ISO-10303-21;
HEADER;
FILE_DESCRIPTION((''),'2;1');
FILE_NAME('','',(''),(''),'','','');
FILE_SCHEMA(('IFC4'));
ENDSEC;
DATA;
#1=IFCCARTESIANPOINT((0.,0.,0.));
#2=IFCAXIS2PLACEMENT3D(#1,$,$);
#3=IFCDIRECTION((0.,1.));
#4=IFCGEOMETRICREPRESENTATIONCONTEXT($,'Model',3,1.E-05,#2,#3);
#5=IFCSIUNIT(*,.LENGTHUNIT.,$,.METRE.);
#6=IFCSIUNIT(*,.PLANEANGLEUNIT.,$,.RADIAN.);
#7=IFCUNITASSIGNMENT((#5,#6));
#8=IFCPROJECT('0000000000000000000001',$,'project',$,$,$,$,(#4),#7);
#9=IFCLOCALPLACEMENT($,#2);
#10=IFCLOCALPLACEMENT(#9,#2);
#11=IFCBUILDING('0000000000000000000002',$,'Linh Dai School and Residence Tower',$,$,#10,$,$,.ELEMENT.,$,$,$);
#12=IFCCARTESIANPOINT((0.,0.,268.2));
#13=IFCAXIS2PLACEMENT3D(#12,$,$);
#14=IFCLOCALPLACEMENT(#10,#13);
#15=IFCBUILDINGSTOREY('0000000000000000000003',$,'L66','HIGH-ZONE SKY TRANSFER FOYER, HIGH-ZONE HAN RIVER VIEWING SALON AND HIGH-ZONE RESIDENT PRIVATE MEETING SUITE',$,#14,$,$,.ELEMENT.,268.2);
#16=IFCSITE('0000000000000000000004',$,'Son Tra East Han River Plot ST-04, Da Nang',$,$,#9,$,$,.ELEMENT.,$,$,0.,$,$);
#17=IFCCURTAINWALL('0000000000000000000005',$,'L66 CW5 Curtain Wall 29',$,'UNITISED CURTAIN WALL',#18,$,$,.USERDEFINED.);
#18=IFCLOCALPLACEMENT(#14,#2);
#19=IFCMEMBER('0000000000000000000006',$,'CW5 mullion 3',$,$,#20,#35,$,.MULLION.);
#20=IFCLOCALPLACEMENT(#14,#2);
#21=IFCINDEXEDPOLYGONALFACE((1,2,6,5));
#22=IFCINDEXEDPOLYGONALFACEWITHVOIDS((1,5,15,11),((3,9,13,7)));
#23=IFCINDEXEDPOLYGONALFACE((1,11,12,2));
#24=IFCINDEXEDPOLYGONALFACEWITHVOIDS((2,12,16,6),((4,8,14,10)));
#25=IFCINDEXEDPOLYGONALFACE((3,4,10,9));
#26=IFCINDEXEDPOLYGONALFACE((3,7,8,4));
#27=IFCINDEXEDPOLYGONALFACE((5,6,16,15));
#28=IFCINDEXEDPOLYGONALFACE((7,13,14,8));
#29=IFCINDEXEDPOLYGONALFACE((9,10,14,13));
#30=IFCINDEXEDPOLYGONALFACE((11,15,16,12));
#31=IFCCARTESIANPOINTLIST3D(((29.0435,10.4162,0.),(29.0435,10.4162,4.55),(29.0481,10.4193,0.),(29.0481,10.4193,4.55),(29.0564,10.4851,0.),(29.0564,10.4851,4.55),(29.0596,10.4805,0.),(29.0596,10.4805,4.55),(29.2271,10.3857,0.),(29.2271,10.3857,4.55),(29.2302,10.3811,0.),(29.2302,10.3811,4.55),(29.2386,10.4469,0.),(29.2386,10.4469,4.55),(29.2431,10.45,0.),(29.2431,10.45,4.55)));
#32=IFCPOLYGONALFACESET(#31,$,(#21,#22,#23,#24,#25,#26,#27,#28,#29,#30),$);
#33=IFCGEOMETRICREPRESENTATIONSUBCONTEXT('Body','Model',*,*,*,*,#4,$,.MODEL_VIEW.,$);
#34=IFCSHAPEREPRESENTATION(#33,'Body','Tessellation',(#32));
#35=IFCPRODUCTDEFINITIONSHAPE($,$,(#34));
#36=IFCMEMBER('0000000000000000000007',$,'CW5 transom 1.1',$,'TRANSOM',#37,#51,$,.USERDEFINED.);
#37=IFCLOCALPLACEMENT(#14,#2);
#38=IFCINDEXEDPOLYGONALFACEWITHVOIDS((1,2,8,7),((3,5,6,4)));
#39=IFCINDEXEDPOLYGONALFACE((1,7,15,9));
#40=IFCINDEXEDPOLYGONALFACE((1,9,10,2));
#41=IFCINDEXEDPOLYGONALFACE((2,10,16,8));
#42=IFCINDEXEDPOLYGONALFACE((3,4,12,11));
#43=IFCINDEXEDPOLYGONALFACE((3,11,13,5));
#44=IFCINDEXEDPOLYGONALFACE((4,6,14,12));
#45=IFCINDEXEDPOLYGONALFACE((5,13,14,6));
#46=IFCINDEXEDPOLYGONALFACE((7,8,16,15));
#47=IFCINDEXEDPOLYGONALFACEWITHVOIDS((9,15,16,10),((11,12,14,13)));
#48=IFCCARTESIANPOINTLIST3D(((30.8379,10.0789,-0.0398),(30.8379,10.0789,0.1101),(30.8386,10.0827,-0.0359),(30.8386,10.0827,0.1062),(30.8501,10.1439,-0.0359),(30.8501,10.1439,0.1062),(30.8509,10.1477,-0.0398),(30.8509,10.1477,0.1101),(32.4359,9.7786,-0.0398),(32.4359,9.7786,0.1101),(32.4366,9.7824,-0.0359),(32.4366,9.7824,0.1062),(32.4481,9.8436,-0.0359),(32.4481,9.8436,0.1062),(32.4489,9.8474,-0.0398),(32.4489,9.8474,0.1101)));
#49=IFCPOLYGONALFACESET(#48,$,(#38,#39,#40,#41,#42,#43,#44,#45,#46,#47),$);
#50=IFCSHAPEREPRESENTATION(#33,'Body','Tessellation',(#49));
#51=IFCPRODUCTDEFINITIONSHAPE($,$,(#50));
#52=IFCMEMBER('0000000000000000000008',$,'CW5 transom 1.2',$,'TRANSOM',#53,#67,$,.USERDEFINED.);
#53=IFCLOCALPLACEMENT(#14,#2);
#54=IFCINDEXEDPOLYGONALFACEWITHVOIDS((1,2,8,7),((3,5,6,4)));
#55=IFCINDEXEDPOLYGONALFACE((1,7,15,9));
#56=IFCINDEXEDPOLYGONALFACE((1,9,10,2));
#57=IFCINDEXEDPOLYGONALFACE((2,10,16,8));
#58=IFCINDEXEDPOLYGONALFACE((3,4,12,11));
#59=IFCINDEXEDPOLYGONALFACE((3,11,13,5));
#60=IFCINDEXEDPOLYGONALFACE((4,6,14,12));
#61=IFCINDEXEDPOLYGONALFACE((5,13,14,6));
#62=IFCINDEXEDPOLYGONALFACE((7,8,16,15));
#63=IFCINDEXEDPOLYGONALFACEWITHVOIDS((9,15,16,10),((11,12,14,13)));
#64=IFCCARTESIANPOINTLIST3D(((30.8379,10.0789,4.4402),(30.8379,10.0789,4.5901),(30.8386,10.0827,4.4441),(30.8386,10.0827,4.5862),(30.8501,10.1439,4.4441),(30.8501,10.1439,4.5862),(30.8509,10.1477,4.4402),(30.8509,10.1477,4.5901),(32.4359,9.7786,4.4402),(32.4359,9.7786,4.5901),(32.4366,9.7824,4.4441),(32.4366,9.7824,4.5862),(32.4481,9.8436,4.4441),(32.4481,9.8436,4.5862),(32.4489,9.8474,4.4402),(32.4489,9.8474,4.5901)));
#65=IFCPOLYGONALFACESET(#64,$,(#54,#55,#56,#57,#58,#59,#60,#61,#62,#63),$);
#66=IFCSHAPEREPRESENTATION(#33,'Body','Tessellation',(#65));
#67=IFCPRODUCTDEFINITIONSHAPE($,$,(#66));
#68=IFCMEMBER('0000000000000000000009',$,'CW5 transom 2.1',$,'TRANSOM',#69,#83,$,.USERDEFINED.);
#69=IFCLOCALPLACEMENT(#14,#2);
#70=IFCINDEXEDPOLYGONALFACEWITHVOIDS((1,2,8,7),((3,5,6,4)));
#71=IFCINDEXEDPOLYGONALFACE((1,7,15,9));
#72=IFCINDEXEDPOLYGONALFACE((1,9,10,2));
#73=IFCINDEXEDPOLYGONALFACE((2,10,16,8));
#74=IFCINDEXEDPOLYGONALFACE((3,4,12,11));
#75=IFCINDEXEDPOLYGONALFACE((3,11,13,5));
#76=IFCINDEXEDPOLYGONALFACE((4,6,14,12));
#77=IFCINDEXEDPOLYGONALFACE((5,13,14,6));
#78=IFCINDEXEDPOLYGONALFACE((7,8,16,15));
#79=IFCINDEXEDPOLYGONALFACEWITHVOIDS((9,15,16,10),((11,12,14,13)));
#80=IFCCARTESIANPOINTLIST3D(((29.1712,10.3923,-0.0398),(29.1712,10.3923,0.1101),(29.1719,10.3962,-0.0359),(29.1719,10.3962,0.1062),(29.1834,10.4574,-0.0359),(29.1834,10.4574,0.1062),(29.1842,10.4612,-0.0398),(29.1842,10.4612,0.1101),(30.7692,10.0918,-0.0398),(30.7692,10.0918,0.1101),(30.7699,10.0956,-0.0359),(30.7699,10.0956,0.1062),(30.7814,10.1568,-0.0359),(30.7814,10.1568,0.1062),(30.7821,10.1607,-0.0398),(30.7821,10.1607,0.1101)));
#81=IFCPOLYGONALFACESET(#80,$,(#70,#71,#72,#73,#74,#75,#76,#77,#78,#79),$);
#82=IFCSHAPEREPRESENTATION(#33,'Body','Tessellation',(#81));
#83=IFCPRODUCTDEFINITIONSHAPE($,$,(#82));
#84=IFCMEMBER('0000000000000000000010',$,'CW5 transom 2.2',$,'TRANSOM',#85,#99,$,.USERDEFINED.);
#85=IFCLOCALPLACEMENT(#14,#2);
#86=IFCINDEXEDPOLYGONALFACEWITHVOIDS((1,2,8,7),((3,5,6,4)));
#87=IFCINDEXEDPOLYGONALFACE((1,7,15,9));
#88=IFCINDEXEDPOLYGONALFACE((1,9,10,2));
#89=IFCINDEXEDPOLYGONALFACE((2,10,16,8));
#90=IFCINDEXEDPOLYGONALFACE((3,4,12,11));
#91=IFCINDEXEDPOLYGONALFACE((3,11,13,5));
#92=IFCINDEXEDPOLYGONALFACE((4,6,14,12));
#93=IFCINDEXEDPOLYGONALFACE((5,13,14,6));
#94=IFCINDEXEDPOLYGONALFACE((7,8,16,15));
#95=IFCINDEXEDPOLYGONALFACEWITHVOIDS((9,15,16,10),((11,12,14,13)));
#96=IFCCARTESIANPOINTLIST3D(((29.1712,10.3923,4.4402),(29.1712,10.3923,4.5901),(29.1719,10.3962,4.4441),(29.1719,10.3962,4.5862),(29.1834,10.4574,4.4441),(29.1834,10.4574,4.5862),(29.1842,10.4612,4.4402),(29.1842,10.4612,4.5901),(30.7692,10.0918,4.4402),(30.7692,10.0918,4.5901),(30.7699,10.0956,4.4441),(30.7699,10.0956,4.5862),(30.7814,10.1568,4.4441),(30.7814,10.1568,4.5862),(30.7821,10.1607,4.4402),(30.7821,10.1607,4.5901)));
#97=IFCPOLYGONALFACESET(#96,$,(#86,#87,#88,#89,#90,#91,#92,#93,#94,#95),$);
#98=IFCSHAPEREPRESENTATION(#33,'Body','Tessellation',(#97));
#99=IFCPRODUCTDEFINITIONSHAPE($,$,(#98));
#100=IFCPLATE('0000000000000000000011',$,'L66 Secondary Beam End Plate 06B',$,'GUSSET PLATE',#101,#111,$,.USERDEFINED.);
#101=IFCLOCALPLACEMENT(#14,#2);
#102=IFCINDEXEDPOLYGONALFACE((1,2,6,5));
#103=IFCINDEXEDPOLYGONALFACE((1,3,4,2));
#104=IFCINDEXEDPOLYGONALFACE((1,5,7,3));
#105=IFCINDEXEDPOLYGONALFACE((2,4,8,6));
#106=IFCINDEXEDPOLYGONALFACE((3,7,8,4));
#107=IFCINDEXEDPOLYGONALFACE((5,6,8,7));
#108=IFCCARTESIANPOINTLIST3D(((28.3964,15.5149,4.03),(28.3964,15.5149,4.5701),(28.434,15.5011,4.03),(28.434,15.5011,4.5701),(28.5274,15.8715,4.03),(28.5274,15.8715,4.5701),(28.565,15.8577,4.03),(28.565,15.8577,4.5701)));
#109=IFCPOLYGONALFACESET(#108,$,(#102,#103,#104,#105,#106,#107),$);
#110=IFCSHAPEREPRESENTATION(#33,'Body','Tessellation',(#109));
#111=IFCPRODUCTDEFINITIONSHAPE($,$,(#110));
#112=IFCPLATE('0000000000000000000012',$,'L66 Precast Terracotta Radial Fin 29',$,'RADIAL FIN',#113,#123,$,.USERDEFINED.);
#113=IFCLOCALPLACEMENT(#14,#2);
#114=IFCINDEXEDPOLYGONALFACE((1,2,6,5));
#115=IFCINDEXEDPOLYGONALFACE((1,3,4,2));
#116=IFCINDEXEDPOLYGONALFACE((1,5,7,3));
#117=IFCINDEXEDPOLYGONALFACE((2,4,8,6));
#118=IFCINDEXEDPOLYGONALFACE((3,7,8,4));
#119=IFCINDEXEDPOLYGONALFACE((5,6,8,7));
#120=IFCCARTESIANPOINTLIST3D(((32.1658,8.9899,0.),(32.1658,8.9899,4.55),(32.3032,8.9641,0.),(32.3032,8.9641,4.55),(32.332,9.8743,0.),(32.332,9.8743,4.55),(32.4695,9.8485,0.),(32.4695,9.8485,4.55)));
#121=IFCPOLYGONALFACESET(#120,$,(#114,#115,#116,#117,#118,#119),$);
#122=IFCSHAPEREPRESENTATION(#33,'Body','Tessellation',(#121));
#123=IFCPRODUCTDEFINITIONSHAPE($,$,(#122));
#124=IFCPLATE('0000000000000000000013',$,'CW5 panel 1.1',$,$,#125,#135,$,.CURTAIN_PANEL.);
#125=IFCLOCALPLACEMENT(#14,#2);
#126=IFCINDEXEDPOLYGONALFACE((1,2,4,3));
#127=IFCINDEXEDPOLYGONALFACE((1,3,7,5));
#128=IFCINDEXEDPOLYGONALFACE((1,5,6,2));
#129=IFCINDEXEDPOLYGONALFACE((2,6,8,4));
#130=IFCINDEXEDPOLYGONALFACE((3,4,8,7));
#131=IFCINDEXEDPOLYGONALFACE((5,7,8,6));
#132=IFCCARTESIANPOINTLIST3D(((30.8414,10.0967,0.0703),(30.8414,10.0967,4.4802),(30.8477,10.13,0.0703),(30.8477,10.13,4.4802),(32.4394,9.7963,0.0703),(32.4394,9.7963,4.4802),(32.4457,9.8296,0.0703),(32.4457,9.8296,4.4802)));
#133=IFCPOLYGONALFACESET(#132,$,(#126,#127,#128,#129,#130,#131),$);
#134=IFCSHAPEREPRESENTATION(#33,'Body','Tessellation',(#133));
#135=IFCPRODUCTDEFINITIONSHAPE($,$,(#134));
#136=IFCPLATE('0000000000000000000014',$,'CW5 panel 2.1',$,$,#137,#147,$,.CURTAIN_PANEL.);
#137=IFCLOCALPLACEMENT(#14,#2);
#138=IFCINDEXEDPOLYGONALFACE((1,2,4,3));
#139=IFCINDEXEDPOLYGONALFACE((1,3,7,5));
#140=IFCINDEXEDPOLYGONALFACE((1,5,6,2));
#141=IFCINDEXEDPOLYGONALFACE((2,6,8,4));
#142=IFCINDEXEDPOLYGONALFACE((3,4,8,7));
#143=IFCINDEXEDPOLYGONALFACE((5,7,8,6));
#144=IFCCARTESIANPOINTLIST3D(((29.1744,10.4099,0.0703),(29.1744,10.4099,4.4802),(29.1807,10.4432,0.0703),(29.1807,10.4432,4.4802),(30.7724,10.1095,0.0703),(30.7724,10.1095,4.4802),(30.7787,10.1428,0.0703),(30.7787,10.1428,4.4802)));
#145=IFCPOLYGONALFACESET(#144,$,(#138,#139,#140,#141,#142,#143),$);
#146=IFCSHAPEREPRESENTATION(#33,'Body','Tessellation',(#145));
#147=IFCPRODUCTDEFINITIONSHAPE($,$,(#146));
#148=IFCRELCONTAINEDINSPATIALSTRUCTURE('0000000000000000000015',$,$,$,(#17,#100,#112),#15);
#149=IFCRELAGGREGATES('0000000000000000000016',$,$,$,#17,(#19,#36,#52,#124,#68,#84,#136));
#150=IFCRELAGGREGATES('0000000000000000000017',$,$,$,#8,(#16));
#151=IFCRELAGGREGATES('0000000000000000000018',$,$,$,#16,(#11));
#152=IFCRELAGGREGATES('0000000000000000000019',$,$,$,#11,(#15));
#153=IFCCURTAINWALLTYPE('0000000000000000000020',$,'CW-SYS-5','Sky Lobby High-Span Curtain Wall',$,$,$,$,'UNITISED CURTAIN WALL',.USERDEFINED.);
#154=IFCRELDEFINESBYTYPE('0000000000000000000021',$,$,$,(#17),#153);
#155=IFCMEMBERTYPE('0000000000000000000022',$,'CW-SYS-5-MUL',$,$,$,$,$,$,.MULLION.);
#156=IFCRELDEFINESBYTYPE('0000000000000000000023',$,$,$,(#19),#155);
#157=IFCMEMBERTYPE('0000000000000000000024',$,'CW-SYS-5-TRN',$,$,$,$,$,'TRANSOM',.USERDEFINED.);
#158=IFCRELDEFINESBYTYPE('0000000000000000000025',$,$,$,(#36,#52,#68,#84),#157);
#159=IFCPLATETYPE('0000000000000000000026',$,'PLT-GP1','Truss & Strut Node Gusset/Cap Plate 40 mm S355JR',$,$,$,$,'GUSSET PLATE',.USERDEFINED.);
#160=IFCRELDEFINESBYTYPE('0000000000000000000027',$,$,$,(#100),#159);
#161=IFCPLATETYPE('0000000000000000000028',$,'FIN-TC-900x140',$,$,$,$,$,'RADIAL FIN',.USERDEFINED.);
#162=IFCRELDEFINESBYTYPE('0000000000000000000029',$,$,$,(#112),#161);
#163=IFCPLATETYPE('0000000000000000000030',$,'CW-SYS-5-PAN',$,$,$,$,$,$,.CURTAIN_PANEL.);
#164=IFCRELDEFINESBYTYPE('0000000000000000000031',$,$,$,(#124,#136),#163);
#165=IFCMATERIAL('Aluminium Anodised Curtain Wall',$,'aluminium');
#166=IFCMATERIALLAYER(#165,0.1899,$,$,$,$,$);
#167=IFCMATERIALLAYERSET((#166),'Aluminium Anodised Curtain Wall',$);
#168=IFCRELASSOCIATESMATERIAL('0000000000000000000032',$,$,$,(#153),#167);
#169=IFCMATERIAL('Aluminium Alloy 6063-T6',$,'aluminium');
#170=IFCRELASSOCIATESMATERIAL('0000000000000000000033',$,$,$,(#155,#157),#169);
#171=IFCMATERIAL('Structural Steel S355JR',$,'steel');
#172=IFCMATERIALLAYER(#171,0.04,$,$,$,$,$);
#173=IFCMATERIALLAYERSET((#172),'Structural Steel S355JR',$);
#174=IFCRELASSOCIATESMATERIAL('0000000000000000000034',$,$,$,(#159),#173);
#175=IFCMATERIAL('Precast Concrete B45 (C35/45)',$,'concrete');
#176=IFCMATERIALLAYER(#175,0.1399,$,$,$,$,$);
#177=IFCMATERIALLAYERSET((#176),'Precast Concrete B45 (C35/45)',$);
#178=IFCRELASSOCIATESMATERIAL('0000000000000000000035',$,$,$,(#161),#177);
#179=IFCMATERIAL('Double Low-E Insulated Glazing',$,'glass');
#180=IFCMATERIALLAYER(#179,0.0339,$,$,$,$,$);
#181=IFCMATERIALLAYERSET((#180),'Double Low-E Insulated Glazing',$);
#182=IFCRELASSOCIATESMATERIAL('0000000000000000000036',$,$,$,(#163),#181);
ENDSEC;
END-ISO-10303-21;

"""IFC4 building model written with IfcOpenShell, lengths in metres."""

from ifc_helpers import new_model, si_unit, direction, frame, origin, origin_2d, place, context, subcontext, project, spatial, rectangle, hollow_rectangle, extrude, source, transform, mapped, material, layer, layer_set, material_profile, profile_set, type_object, element, aggregate, save


model = new_model("IFC4")

# Units and contexts
model_context = context("Model", 3, precision=1e-05, world=origin(), true_north=direction((0.0, 1.0)))
body_context = subcontext(model_context, "Body", "Model", "MODEL_VIEW")
ifc_project = project(units=[si_unit("LENGTHUNIT", "METRE"), si_unit("PLANEANGLEUNIT", "RADIAN")], contexts=[model_context])

# Site, building, storey
site_placement = place(None, origin())
site = spatial("IfcSite", under=ifc_project, at=site_placement, Name="Son Tra East Han River Plot ST-04, Da Nang", CompositionType="ELEMENT", RefElevation=0.0)
building_placement = place(site_placement, origin())
building = spatial("IfcBuilding", under=site, at=building_placement, Name="Linh Dai School and Residence Tower", CompositionType="ELEMENT")
storey_placement = place(building_placement, frame((0.0, 0.0, 268.2)))
storey = spatial("IfcBuildingStorey", under=building, at=storey_placement, Name="L66", Description="HIGH-ZONE SKY TRANSFER FOYER, HIGH-ZONE HAN RIVER VIEWING SALON AND HIGH-ZONE RESIDENT PRIVATE MEETING SUITE", CompositionType="ELEMENT", Elevation=268.2)

# Shared definitions
ifc_material_1 = material(Name="Structural Steel S355JR", Category="steel")

# Curtain wall, members
ifc_material_2 = material(Name="Aluminium Anodised Curtain Wall", Category="aluminium")
ifc_layer_1 = layer(ifc_material_2, 0.1899)
ifc_layer_set_1 = layer_set([ifc_layer_1], Name="Aluminium Anodised Curtain Wall")
curtain_wall_type = type_object("IfcCurtainWallType", Name="CW-SYS-5", Description="Sky Lobby High-Span Curtain Wall", ElementType="UNITISED CURTAIN WALL", PredefinedType="USERDEFINED", material=ifc_layer_set_1)
curtain_wall_placement = place(storey_placement, origin())
curtain_wall = element("IfcCurtainWall", 1, at=curtain_wall_placement, inside=storey, type_object=curtain_wall_type, Name="L66 CW5 Curtain Wall 29", ObjectType="UNITISED CURTAIN WALL", PredefinedType="USERDEFINED")
ifc_material_3 = material(Name="Aluminium Alloy 6063-T6", Category="aluminium")
ifc_material_profile_1 = material_profile(ifc_material_3, hollow_rectangle(XDim=0.0701, YDim=0.1899, WallThickness=0.0039, at=origin_2d()), Name="RHS 190x70x4")
ifc_profile_set_1 = profile_set([ifc_material_profile_1], Name="Aluminium Alloy 6063-T6")
member_type_1 = type_object("IfcMemberType", Name="CW-SYS-5-MUL", PredefinedType="MULLION", material=ifc_profile_set_1)
shared_shape_1 = source(origin(), body_context, "Body", "SweptSolid", [
    extrude(hollow_rectangle(XDim=0.0701, YDim=0.1899, WallThickness=0.0039, at=origin_2d()), origin(), (0.0, 0.0, 1.0), 4.55),
])
member_1_placement = place(storey_placement, frame((29.1433, 10.4331, 0.0), z_axis=(0.0, 0.0, 1.0), x_axis=(-0.184751, -0.982785, 0.0)))
member_1 = element("IfcMember", 2, at=member_1_placement, type_object=member_type_1, Name="CW5 mullion 3", PredefinedType="MULLION", context=body_context, shape_type="MappedRepresentation", body=[
    mapped(shared_shape_1, transform((0.0, 0.0, 0.0), x_axis=(1.0, 0.0, 0.0), y_axis=(0.0, 1.0, 0.0), z_axis=(0.0, 0.0, 1.0), scale=1.0)),
])
ifc_material_profile_2 = material_profile(ifc_material_3, hollow_rectangle(XDim=0.0701, YDim=0.1499, WallThickness=0.0039, at=origin_2d()), Name="RHS 150x70x4")
ifc_profile_set_2 = profile_set([ifc_material_profile_2], Name="Aluminium Alloy 6063-T6")
member_type_2 = type_object("IfcMemberType", Name="CW-SYS-5-TRN", ElementType="TRANSOM", PredefinedType="USERDEFINED", material=ifc_profile_set_2)
shared_shape_2 = source(origin(), body_context, "Body", "SweptSolid", [
    extrude(hollow_rectangle(XDim=0.0701, YDim=0.1499, WallThickness=0.0039, at=origin_2d()), origin(), (0.0, 0.0, 1.0), 1.626),
])
member_2_placement = place(storey_placement, frame((32.4424, 9.813, 0.0352), z_axis=(-0.982796, 0.184697, 0.0), x_axis=(-0.184697, -0.982796, 0.0)))
member_2 = element("IfcMember", 3, at=member_2_placement, type_object=member_type_2, Name="CW5 transom 1.1", ObjectType="TRANSOM", PredefinedType="USERDEFINED", context=body_context, shape_type="MappedRepresentation", body=[
    mapped(shared_shape_2, transform((0.0, 0.0, 0.0), x_axis=(1.0, 0.0, 0.0), y_axis=(0.0, 1.0, 0.0), z_axis=(0.0, 0.0, 1.0), scale=1.0)),
])
member_3_placement = place(storey_placement, frame((32.4424, 9.813, 4.5151), z_axis=(-0.982796, 0.184697, 0.0), x_axis=(-0.184697, -0.982796, 0.0)))
member_3 = element("IfcMember", 4, at=member_3_placement, type_object=member_type_2, Name="CW5 transom 1.2", ObjectType="TRANSOM", PredefinedType="USERDEFINED", context=body_context, shape_type="MappedRepresentation", body=[
    mapped(shared_shape_2, transform((0.0, 0.0, 0.0), x_axis=(1.0, 0.0, 0.0), y_axis=(0.0, 1.0, 0.0), z_axis=(0.0, 0.0, 1.0), scale=1.0)),
])
member_4_placement = place(storey_placement, frame((30.7756, 10.1262, 0.0352), z_axis=(-0.982768, 0.184842, 0.0), x_axis=(-0.184842, -0.982768, 0.0)))
member_4 = element("IfcMember", 5, at=member_4_placement, type_object=member_type_2, Name="CW5 transom 2.1", ObjectType="TRANSOM", PredefinedType="USERDEFINED", context=body_context, shape_type="MappedRepresentation", body=[
    mapped(shared_shape_2, transform((0.0, 0.0, 0.0), x_axis=(1.0, 0.0, 0.0), y_axis=(0.0, 1.0, 0.0), z_axis=(0.0, 0.0, 1.0), scale=1.0)),
])
member_5_placement = place(storey_placement, frame((30.7756, 10.1262, 4.5151), z_axis=(-0.982768, 0.184842, 0.0), x_axis=(-0.184842, -0.982768, 0.0)))
member_5 = element("IfcMember", 6, at=member_5_placement, type_object=member_type_2, Name="CW5 transom 2.2", ObjectType="TRANSOM", PredefinedType="USERDEFINED", context=body_context, shape_type="MappedRepresentation", body=[
    mapped(shared_shape_2, transform((0.0, 0.0, 0.0), x_axis=(1.0, 0.0, 0.0), y_axis=(0.0, 1.0, 0.0), z_axis=(0.0, 0.0, 1.0), scale=1.0)),
])

# Plates
ifc_layer_2 = layer(ifc_material_1, 0.04)
ifc_layer_set_2 = layer_set([ifc_layer_2], Name="Structural Steel S355JR")
plate_type_1 = type_object("IfcPlateType", Name="PLT-GP1", Description="Truss & Strut Node Gusset/Cap Plate 40 mm S355JR", ElementType="GUSSET PLATE", PredefinedType="USERDEFINED", material=ifc_layer_set_2)
shared_shape_3 = source(origin(), body_context, "Body", "SweptSolid", [
    extrude(rectangle(XDim=0.04, YDim=0.3799, at=origin_2d()), origin(), (0.0, 0.0, 1.0), 0.54),
])
plate_1_placement = place(storey_placement, frame((28.4807, 15.6863, 4.03), z_axis=(0.0, 0.0, 1.0), x_axis=(0.938695, -0.344748, 0.0)))
element("IfcPlate", 7, at=plate_1_placement, inside=storey, type_object=plate_type_1, Name="L66 Secondary Beam End Plate 06B", ObjectType="GUSSET PLATE", PredefinedType="USERDEFINED", context=body_context, shape_type="MappedRepresentation", body=[
    mapped(shared_shape_3, transform((0.0, 0.0, 0.0), x_axis=(1.0, 0.0, 0.0), y_axis=(0.0, 1.0, 0.0), z_axis=(0.0, 0.0, 1.0), scale=1.0)),
])
ifc_material_4 = material(Name="Precast Concrete B45 (C35/45)", Category="concrete")
ifc_layer_3 = layer(ifc_material_4, 0.1399)
ifc_layer_set_3 = layer_set([ifc_layer_3], Name="Precast Concrete B45 (C35/45)")
plate_type_2 = type_object("IfcPlateType", Name="FIN-TC-900x140", ElementType="RADIAL FIN", PredefinedType="USERDEFINED", material=ifc_layer_set_3)
shared_shape_4 = source(origin(), body_context, "Body", "SweptSolid", [
    extrude(rectangle(XDim=0.8999, YDim=0.1399, at=origin_2d()), origin(), (0.0, 0.0, 1.0), 4.55),
])
plate_2_placement = place(storey_placement, frame((32.3176, 9.4192, 0.0), z_axis=(0.0, 0.0, 1.0), x_axis=(-0.184751, -0.982785, 0.0)))
element("IfcPlate", 8, at=plate_2_placement, inside=storey, type_object=plate_type_2, Name="L66 Precast Terracotta Radial Fin 29", ObjectType="RADIAL FIN", PredefinedType="USERDEFINED", context=body_context, shape_type="MappedRepresentation", body=[
    mapped(shared_shape_4, transform((0.0, 0.0, 0.0), x_axis=(1.0, 0.0, 0.0), y_axis=(0.0, 1.0, 0.0), z_axis=(0.0, 0.0, 1.0), scale=1.0)),
])

# Plates
ifc_material_5 = material(Name="Double Low-E Insulated Glazing", Category="glass")
ifc_layer_4 = layer(ifc_material_5, 0.0339)
ifc_layer_set_4 = layer_set([ifc_layer_4], Name="Double Low-E Insulated Glazing")
plate_type_3 = type_object("IfcPlateType", Name="CW-SYS-5-PAN", PredefinedType="CURTAIN_PANEL", material=ifc_layer_set_4)
shared_shape_5 = source(origin(), body_context, "Body", "SweptSolid", [
    extrude(rectangle(XDim=1.626, YDim=0.0339, at=origin_2d()), origin(), (0.0, 0.0, 1.0), 4.4099),
])
plate_3_placement = place(storey_placement, frame((31.6436, 9.9631, 0.0703), z_axis=(0.0, 0.0, 1.0), x_axis=(-0.982785, 0.184751, 0.0)))
plate_3 = element("IfcPlate", 9, at=plate_3_placement, type_object=plate_type_3, Name="CW5 panel 1.1", PredefinedType="CURTAIN_PANEL", context=body_context, shape_type="MappedRepresentation", body=[
    mapped(shared_shape_5, transform((0.0, 0.0, 0.0), x_axis=(1.0, 0.0, 0.0), y_axis=(0.0, 1.0, 0.0), z_axis=(0.0, 0.0, 1.0), scale=1.0)),
])
plate_4_placement = place(storey_placement, frame((29.9766, 10.2764, 0.0703), z_axis=(0.0, 0.0, 1.0), x_axis=(-0.982785, 0.184751, 0.0)))
plate_4 = element("IfcPlate", 10, at=plate_4_placement, type_object=plate_type_3, Name="CW5 panel 2.1", PredefinedType="CURTAIN_PANEL", context=body_context, shape_type="MappedRepresentation", body=[
    mapped(shared_shape_5, transform((0.0, 0.0, 0.0), x_axis=(1.0, 0.0, 0.0), y_axis=(0.0, 1.0, 0.0), z_axis=(0.0, 0.0, 1.0), scale=1.0)),
])
aggregate(curtain_wall, [member_1, member_2, member_3, plate_3, member_4, member_5, plate_4])

save(model, "model.ifc")
